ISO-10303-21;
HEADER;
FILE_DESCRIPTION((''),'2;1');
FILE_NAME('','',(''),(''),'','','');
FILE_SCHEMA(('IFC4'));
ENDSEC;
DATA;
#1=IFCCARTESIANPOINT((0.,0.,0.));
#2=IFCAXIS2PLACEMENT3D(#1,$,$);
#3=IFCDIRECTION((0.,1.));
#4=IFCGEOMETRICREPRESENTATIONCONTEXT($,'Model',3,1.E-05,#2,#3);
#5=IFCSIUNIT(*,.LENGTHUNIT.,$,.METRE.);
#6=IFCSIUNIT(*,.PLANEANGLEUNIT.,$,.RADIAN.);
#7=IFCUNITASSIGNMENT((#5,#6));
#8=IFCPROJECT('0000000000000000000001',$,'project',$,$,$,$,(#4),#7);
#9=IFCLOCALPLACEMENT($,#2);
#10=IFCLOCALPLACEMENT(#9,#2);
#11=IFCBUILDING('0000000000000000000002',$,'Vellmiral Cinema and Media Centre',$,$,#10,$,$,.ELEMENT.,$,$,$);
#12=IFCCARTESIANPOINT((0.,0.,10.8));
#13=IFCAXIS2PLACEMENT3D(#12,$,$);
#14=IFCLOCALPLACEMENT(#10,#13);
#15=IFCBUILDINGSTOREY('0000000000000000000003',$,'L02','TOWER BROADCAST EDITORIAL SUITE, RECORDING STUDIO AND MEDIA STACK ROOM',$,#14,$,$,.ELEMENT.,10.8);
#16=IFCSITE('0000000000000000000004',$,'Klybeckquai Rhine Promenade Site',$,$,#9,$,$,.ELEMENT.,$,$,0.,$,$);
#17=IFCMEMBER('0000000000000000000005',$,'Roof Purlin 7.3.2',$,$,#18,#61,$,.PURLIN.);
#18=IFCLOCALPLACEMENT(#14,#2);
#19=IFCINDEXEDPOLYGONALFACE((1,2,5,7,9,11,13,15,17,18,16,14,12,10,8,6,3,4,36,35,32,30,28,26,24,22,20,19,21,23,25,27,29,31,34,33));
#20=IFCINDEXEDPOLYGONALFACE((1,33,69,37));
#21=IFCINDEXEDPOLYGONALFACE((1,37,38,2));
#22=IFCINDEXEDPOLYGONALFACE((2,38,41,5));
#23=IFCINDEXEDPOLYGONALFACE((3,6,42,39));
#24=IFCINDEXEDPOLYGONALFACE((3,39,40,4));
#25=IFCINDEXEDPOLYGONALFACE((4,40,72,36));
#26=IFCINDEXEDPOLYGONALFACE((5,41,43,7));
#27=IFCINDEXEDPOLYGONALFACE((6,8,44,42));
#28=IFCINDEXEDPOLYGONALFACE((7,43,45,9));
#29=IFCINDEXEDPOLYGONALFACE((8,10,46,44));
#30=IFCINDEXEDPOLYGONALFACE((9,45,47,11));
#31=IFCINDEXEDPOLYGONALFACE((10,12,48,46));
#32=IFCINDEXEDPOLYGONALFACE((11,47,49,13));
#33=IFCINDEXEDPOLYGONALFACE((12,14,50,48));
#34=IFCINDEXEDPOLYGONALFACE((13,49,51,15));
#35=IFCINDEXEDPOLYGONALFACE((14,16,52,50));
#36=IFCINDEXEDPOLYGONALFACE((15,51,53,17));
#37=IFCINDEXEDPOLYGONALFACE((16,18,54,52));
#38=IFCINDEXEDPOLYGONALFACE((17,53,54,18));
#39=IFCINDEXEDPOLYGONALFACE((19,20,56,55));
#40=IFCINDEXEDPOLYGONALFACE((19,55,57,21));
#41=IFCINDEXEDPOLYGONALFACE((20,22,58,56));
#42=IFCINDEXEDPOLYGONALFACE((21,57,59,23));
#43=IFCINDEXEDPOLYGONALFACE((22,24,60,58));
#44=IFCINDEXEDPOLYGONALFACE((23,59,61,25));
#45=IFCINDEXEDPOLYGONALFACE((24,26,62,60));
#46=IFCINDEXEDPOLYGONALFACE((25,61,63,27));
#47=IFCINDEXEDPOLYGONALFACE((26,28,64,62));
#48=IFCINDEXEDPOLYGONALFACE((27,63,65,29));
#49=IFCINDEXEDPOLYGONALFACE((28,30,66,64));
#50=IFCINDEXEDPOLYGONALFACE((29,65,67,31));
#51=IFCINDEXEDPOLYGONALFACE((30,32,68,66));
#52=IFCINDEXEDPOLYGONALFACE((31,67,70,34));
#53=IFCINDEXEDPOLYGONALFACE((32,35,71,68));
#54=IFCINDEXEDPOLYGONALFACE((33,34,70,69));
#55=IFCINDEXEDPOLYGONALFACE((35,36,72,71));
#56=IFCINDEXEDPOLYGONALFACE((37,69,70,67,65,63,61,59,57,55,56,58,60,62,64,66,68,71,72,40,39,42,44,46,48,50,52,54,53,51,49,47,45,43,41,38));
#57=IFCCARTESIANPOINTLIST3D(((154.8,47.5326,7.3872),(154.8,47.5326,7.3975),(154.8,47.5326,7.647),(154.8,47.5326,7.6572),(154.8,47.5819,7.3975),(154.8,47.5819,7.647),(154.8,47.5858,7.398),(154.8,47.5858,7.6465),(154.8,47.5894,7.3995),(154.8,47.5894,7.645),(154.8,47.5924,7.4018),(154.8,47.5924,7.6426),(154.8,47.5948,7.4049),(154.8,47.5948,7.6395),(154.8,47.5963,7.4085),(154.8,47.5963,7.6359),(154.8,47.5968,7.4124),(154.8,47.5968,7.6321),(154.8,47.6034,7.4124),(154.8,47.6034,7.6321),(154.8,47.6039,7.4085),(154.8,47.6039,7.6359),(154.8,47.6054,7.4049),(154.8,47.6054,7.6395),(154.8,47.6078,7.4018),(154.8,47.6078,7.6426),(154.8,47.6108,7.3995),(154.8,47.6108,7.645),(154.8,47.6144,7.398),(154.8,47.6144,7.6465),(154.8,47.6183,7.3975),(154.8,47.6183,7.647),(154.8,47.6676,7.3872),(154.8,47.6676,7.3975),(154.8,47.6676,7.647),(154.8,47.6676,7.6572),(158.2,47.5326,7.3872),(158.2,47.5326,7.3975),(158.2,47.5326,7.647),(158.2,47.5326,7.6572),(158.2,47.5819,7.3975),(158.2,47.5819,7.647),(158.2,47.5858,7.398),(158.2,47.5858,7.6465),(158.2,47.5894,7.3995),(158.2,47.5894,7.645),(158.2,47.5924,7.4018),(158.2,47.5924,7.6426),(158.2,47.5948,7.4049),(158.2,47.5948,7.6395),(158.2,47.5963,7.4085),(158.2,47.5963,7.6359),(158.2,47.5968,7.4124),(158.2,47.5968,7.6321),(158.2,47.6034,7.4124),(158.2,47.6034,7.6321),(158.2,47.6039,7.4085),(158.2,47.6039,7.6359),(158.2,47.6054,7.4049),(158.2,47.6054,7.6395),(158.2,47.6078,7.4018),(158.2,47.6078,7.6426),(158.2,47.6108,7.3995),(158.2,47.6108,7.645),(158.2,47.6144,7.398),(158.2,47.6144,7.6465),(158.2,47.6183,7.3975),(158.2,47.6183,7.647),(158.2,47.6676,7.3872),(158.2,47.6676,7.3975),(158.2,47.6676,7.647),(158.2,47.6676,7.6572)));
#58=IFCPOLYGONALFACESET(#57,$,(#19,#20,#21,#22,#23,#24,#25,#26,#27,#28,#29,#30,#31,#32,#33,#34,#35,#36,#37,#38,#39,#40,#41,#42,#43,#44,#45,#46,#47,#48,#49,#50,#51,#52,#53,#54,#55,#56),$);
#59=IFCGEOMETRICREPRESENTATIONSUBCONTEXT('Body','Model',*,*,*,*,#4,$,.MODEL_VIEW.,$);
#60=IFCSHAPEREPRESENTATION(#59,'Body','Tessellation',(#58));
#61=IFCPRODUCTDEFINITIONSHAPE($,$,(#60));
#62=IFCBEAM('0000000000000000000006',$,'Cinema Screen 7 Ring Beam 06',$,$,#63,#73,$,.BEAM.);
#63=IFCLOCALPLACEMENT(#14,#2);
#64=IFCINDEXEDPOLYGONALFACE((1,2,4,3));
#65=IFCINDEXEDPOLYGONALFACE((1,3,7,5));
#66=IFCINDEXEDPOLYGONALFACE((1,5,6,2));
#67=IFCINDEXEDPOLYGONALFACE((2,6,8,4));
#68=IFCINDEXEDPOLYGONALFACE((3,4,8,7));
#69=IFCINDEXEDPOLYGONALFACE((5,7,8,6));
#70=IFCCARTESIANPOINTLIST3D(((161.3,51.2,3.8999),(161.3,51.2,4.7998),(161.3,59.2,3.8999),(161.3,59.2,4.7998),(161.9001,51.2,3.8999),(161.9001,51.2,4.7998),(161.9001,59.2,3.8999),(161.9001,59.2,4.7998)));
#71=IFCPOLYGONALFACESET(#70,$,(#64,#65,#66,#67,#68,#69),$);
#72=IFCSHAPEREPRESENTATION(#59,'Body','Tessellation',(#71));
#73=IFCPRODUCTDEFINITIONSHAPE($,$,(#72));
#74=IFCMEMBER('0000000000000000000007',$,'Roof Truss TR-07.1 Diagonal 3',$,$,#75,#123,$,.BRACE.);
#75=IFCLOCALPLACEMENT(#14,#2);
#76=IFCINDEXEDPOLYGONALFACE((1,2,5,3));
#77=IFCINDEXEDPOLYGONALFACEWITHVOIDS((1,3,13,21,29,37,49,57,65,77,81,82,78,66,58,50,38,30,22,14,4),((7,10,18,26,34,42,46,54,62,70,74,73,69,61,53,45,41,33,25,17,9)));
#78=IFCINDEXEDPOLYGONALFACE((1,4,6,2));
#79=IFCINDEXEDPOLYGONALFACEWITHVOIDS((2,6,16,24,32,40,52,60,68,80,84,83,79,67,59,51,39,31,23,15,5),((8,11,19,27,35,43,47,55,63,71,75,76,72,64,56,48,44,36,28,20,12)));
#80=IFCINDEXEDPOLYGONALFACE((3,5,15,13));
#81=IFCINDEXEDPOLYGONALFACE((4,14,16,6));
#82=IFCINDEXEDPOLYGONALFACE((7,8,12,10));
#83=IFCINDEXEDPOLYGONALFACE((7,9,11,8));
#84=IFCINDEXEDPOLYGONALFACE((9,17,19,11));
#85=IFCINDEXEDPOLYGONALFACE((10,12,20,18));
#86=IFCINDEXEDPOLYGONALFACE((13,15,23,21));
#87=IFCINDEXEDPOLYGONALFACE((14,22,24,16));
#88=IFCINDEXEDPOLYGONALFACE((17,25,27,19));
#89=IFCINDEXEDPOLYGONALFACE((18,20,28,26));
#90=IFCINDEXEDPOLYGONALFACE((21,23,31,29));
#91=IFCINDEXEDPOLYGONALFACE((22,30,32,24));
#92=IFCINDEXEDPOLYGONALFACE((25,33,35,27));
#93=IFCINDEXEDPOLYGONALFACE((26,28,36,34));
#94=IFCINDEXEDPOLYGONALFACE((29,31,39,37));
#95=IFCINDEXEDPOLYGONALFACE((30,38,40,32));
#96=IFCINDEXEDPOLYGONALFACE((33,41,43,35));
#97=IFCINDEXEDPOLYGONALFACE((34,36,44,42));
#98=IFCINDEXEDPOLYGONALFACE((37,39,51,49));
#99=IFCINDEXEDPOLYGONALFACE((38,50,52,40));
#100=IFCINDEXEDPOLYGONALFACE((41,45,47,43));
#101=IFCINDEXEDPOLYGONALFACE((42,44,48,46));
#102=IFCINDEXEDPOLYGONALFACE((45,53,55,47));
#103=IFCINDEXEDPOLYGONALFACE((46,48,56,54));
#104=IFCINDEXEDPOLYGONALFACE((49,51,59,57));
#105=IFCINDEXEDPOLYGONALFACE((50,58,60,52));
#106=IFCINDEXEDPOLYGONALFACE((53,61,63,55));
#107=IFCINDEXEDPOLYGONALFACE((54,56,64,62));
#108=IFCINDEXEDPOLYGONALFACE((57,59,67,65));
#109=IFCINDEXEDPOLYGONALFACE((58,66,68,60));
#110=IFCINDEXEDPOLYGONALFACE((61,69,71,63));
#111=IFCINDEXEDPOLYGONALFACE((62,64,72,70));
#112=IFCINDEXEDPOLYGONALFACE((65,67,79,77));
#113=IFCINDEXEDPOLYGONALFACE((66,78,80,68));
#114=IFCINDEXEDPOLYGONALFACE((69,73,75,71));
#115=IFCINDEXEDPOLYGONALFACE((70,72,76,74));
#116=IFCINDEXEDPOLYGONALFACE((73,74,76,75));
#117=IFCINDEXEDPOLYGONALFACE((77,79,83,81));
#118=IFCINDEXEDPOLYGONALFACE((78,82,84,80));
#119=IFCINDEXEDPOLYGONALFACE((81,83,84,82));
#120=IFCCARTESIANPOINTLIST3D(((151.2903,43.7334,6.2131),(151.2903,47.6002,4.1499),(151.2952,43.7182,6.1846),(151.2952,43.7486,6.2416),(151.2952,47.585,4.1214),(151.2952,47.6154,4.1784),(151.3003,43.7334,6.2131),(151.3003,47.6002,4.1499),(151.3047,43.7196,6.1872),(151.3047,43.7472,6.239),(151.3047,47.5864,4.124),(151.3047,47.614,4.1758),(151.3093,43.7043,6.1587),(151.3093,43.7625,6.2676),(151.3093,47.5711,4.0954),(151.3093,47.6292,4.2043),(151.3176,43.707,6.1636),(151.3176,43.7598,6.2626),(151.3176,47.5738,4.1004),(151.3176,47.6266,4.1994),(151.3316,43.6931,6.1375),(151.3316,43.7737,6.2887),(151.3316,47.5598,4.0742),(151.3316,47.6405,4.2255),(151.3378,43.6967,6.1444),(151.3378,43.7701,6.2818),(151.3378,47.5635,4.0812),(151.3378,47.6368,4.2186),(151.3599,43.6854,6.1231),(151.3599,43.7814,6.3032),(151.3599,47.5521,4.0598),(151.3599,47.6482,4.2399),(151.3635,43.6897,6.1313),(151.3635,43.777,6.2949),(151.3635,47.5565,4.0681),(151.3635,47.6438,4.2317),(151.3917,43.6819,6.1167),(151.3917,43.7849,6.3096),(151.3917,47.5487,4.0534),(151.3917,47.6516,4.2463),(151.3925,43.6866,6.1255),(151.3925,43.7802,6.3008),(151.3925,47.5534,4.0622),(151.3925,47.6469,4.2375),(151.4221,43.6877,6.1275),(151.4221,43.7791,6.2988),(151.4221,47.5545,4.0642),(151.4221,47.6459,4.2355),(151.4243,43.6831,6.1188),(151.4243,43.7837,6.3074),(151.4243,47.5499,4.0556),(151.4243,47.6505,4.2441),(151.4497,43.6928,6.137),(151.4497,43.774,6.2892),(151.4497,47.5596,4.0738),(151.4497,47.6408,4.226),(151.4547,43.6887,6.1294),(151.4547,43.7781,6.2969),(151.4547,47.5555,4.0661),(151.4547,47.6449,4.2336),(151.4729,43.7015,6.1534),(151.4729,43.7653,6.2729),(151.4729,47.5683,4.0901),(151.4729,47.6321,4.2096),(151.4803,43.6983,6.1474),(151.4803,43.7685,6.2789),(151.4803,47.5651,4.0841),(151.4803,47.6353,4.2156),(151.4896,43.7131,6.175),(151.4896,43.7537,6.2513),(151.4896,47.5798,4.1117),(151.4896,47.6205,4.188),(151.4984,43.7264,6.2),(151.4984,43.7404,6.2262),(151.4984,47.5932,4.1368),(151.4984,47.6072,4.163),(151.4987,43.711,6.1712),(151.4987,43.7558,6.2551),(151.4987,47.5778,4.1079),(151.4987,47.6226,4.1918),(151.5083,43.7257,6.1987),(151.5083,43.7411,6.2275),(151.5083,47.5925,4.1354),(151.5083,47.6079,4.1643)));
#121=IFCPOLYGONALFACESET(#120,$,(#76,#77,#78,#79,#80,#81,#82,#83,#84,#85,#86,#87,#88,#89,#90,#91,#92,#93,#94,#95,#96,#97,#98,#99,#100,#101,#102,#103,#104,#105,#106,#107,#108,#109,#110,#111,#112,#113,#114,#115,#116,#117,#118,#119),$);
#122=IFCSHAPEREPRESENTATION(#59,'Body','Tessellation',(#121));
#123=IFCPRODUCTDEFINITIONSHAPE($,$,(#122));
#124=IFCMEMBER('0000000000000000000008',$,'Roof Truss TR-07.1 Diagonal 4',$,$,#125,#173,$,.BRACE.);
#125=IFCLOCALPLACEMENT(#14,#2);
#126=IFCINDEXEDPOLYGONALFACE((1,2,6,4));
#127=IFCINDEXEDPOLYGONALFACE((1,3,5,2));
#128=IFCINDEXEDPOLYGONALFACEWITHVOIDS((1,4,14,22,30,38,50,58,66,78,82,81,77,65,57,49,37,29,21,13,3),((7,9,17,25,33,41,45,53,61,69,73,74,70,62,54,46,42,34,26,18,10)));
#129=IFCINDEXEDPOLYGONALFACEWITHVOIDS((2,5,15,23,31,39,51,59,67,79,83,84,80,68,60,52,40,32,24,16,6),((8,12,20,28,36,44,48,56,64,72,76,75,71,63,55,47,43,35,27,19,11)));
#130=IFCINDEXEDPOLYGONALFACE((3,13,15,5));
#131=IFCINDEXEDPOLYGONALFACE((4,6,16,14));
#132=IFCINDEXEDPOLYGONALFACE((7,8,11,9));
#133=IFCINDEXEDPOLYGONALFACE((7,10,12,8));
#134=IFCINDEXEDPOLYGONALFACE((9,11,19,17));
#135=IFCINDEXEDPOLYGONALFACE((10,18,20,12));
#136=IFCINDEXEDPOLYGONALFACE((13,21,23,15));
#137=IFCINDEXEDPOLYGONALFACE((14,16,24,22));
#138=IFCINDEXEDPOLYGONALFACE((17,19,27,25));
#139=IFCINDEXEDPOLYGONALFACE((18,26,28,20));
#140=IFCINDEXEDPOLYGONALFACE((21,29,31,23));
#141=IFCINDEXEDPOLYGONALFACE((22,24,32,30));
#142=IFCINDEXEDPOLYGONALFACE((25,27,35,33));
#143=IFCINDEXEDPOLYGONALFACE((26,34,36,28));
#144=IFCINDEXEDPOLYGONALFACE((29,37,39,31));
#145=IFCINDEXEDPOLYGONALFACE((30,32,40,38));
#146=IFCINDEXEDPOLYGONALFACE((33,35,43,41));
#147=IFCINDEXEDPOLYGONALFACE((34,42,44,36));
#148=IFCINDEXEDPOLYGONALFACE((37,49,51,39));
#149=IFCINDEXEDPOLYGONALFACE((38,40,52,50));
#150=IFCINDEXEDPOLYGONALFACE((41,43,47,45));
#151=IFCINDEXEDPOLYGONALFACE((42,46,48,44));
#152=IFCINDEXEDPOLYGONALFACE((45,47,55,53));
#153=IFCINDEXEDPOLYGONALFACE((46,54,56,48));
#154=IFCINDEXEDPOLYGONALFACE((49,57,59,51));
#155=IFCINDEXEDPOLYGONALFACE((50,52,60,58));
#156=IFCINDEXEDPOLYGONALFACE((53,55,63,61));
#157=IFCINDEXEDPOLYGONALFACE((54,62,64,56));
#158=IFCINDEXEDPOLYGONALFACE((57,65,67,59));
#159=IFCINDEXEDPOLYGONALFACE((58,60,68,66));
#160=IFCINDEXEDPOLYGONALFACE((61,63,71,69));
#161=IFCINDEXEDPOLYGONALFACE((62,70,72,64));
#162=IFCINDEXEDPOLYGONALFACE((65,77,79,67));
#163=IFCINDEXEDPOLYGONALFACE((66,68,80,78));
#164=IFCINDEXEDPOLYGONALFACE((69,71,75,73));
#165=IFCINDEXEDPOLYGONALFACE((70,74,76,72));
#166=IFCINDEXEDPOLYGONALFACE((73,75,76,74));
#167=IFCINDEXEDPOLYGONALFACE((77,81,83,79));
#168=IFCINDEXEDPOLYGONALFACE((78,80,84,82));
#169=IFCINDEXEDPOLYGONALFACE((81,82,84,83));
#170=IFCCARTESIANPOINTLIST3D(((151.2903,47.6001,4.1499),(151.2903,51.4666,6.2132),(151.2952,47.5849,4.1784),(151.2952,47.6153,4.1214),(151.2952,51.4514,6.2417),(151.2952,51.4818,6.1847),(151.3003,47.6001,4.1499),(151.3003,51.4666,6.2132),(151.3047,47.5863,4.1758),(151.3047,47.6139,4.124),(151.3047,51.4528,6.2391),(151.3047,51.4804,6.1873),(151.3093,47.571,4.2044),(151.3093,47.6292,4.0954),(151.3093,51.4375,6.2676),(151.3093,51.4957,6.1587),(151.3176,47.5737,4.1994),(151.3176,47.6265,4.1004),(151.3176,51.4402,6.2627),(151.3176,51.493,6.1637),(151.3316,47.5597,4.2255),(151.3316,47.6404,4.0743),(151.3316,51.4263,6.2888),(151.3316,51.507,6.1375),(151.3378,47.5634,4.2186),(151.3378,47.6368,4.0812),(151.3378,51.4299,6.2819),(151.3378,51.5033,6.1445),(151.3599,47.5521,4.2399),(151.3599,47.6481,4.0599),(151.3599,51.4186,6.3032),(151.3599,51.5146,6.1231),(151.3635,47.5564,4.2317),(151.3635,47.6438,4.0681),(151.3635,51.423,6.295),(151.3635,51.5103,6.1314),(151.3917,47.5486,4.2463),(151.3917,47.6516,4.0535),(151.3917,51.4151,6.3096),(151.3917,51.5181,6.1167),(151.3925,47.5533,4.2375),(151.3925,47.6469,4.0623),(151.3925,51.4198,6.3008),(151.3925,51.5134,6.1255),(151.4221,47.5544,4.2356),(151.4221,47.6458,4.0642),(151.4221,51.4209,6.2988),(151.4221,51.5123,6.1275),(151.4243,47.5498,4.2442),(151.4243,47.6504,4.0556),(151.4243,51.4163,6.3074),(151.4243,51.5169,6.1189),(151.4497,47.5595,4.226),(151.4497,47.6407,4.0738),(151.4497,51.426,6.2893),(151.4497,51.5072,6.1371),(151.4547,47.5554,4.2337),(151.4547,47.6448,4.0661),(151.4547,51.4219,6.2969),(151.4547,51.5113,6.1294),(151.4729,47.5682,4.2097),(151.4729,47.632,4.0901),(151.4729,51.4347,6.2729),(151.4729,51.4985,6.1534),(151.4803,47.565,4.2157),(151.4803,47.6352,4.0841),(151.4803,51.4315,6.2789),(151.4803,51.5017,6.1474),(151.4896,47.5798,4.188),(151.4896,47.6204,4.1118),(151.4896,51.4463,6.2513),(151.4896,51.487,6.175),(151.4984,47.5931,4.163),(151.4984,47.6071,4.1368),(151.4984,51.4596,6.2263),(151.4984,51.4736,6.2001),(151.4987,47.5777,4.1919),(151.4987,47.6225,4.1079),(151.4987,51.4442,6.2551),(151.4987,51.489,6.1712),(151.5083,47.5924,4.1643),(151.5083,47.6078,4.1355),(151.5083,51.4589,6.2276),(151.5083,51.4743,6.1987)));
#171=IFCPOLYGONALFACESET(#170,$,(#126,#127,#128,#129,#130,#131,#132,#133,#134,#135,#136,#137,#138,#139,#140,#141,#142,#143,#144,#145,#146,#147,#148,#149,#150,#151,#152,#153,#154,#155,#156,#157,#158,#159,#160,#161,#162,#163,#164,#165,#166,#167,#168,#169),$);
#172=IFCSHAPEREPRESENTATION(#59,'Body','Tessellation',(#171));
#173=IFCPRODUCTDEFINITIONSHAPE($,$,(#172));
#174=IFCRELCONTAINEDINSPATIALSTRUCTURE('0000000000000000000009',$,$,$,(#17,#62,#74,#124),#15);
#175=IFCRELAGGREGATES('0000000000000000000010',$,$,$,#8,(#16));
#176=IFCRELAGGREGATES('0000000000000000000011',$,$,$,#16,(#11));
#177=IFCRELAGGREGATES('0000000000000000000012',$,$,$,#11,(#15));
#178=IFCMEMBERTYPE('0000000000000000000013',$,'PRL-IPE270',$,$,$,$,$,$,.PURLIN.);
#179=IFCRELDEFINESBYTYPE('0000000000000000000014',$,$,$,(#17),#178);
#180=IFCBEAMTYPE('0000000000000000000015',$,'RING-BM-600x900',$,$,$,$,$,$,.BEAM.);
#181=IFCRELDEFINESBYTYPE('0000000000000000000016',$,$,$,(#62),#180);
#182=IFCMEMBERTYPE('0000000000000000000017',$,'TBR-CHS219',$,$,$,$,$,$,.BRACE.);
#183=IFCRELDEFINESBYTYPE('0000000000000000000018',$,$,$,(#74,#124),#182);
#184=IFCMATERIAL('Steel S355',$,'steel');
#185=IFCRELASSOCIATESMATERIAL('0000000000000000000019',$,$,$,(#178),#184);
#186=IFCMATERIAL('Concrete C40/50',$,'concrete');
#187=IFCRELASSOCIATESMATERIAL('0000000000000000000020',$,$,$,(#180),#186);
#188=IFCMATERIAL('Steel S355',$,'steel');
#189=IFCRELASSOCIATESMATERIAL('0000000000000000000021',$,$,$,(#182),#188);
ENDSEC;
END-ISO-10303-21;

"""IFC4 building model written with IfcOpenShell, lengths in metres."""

from ifc_helpers import new_model, si_unit, direction, frame, origin, origin_2d, place, context, subcontext, project, spatial, rectangle, hollow_circle, i_section, extrude, material, material_profile, profile_set, type_object, element, save


model = new_model("IFC4")

# Units and contexts
model_context = context("Model", 3, precision=1e-05, world=origin(), true_north=direction((0.0, 1.0)))
body_context = subcontext(model_context, "Body", "Model", "MODEL_VIEW")
ifc_project = project(units=[si_unit("LENGTHUNIT", "METRE"), si_unit("PLANEANGLEUNIT", "RADIAN")], contexts=[model_context])

# Site, building, storey
site_placement = place(None, origin())
site = spatial("IfcSite", under=ifc_project, at=site_placement, Name="Klybeckquai Rhine Promenade Site", CompositionType="ELEMENT", RefElevation=0.0)
building_placement = place(site_placement, origin())
building = spatial("IfcBuilding", under=site, at=building_placement, Name="Vellmiral Cinema and Media Centre", CompositionType="ELEMENT")
storey_placement = place(building_placement, frame((0.0, 0.0, 10.8)))
storey = spatial("IfcBuildingStorey", under=building, at=storey_placement, Name="L02", Description="TOWER BROADCAST EDITORIAL SUITE, RECORDING STUDIO AND MEDIA STACK ROOM", CompositionType="ELEMENT", Elevation=10.8)

# Member
ifc_material_1 = material(Name="Steel S355", Category="steel")
ifc_material_profile_1 = material_profile(ifc_material_1, i_section(OverallWidth=0.135, OverallDepth=0.27, WebThickness=0.0066, FlangeThickness=0.0103, FilletRadius=0.0149, at=origin_2d()), Name="IPE 270")
ifc_profile_set_1 = profile_set([ifc_material_profile_1], Name="Steel S355")
member_type_1 = type_object("IfcMemberType", Name="PRL-IPE270", PredefinedType="PURLIN", material=ifc_profile_set_1)
member_1_placement = place(storey_placement, frame((154.8, 47.6001, 7.5222), z_axis=(1.0, 0.0, 0.0), x_axis=(0.0, 1.0, 0.0)))
element("IfcMember", 1, at=member_1_placement, inside=storey, type_object=member_type_1, Name="Roof Purlin 7.3.2", PredefinedType="PURLIN", context=body_context, shape_type="SweptSolid", body=[
    extrude(i_section(OverallWidth=0.135, OverallDepth=0.27, WebThickness=0.0066, FlangeThickness=0.0103, FilletRadius=0.0149, at=origin_2d()), origin(), (0.0, 0.0, 1.0), 3.3999),
])

# Beam
ifc_material_2 = material(Name="Concrete C40/50", Category="concrete")
ifc_material_profile_2 = material_profile(ifc_material_2, rectangle(XDim=0.6001, YDim=0.8999, at=origin_2d()), Name="RC 600x900")
ifc_profile_set_2 = profile_set([ifc_material_profile_2], Name="Concrete C40/50")
beam_type = type_object("IfcBeamType", Name="RING-BM-600x900", PredefinedType="BEAM", material=ifc_profile_set_2)
beam_placement = place(storey_placement, frame((161.6001, 51.2, 4.3499), z_axis=(0.0, 1.0, 0.0), x_axis=(-1.0, 0.0, 0.0)))
element("IfcBeam", 2, at=beam_placement, inside=storey, type_object=beam_type, Name="Cinema Screen 7 Ring Beam 06", PredefinedType="BEAM", context=body_context, shape_type="SweptSolid", body=[
    extrude(rectangle(XDim=0.6001, YDim=0.8999, at=origin_2d()), origin(), (0.0, 0.0, 1.0), 8.0),
])

# Members
ifc_material_3 = material(Name="Steel S355", Category="steel")
ifc_material_profile_3 = material_profile(ifc_material_3, hollow_circle(Radius=0.1096, WallThickness=0.01, at=origin_2d()), Name="CHS 219.1x10.0")
ifc_profile_set_3 = profile_set([ifc_material_profile_3], Name="Steel S355")
member_type_2 = type_object("IfcMemberType", Name="TBR-CHS219", PredefinedType="BRACE", material=ifc_profile_set_3)
member_2_placement = place(storey_placement, frame((151.3999, 43.7334, 6.2131), z_axis=(0.0, 0.882259, -0.470765), x_axis=(-1.0, 0.0, 0.0)))
element("IfcMember", 3, at=member_2_placement, inside=storey, type_object=member_type_2, Name="Roof Truss TR-07.1 Diagonal 3", PredefinedType="BRACE", context=body_context, shape_type="SweptSolid", body=[
    extrude(hollow_circle(Radius=0.1096, WallThickness=0.01, at=origin_2d()), origin(), (0.0, 0.0, 1.0), 4.3828),
])
member_3_placement = place(storey_placement, frame((151.3999, 47.6001, 4.1499), z_axis=(0.0, 0.882247, 0.470788), x_axis=(-1.0, 0.0, 0.0)))
element("IfcMember", 4, at=member_3_placement, inside=storey, type_object=member_type_2, Name="Roof Truss TR-07.1 Diagonal 4", PredefinedType="BRACE", context=body_context, shape_type="SweptSolid", body=[
    extrude(hollow_circle(Radius=0.1096, WallThickness=0.01, at=origin_2d()), origin(), (0.0, 0.0, 1.0), 4.3826),
])

save(model, "model.ifc")
